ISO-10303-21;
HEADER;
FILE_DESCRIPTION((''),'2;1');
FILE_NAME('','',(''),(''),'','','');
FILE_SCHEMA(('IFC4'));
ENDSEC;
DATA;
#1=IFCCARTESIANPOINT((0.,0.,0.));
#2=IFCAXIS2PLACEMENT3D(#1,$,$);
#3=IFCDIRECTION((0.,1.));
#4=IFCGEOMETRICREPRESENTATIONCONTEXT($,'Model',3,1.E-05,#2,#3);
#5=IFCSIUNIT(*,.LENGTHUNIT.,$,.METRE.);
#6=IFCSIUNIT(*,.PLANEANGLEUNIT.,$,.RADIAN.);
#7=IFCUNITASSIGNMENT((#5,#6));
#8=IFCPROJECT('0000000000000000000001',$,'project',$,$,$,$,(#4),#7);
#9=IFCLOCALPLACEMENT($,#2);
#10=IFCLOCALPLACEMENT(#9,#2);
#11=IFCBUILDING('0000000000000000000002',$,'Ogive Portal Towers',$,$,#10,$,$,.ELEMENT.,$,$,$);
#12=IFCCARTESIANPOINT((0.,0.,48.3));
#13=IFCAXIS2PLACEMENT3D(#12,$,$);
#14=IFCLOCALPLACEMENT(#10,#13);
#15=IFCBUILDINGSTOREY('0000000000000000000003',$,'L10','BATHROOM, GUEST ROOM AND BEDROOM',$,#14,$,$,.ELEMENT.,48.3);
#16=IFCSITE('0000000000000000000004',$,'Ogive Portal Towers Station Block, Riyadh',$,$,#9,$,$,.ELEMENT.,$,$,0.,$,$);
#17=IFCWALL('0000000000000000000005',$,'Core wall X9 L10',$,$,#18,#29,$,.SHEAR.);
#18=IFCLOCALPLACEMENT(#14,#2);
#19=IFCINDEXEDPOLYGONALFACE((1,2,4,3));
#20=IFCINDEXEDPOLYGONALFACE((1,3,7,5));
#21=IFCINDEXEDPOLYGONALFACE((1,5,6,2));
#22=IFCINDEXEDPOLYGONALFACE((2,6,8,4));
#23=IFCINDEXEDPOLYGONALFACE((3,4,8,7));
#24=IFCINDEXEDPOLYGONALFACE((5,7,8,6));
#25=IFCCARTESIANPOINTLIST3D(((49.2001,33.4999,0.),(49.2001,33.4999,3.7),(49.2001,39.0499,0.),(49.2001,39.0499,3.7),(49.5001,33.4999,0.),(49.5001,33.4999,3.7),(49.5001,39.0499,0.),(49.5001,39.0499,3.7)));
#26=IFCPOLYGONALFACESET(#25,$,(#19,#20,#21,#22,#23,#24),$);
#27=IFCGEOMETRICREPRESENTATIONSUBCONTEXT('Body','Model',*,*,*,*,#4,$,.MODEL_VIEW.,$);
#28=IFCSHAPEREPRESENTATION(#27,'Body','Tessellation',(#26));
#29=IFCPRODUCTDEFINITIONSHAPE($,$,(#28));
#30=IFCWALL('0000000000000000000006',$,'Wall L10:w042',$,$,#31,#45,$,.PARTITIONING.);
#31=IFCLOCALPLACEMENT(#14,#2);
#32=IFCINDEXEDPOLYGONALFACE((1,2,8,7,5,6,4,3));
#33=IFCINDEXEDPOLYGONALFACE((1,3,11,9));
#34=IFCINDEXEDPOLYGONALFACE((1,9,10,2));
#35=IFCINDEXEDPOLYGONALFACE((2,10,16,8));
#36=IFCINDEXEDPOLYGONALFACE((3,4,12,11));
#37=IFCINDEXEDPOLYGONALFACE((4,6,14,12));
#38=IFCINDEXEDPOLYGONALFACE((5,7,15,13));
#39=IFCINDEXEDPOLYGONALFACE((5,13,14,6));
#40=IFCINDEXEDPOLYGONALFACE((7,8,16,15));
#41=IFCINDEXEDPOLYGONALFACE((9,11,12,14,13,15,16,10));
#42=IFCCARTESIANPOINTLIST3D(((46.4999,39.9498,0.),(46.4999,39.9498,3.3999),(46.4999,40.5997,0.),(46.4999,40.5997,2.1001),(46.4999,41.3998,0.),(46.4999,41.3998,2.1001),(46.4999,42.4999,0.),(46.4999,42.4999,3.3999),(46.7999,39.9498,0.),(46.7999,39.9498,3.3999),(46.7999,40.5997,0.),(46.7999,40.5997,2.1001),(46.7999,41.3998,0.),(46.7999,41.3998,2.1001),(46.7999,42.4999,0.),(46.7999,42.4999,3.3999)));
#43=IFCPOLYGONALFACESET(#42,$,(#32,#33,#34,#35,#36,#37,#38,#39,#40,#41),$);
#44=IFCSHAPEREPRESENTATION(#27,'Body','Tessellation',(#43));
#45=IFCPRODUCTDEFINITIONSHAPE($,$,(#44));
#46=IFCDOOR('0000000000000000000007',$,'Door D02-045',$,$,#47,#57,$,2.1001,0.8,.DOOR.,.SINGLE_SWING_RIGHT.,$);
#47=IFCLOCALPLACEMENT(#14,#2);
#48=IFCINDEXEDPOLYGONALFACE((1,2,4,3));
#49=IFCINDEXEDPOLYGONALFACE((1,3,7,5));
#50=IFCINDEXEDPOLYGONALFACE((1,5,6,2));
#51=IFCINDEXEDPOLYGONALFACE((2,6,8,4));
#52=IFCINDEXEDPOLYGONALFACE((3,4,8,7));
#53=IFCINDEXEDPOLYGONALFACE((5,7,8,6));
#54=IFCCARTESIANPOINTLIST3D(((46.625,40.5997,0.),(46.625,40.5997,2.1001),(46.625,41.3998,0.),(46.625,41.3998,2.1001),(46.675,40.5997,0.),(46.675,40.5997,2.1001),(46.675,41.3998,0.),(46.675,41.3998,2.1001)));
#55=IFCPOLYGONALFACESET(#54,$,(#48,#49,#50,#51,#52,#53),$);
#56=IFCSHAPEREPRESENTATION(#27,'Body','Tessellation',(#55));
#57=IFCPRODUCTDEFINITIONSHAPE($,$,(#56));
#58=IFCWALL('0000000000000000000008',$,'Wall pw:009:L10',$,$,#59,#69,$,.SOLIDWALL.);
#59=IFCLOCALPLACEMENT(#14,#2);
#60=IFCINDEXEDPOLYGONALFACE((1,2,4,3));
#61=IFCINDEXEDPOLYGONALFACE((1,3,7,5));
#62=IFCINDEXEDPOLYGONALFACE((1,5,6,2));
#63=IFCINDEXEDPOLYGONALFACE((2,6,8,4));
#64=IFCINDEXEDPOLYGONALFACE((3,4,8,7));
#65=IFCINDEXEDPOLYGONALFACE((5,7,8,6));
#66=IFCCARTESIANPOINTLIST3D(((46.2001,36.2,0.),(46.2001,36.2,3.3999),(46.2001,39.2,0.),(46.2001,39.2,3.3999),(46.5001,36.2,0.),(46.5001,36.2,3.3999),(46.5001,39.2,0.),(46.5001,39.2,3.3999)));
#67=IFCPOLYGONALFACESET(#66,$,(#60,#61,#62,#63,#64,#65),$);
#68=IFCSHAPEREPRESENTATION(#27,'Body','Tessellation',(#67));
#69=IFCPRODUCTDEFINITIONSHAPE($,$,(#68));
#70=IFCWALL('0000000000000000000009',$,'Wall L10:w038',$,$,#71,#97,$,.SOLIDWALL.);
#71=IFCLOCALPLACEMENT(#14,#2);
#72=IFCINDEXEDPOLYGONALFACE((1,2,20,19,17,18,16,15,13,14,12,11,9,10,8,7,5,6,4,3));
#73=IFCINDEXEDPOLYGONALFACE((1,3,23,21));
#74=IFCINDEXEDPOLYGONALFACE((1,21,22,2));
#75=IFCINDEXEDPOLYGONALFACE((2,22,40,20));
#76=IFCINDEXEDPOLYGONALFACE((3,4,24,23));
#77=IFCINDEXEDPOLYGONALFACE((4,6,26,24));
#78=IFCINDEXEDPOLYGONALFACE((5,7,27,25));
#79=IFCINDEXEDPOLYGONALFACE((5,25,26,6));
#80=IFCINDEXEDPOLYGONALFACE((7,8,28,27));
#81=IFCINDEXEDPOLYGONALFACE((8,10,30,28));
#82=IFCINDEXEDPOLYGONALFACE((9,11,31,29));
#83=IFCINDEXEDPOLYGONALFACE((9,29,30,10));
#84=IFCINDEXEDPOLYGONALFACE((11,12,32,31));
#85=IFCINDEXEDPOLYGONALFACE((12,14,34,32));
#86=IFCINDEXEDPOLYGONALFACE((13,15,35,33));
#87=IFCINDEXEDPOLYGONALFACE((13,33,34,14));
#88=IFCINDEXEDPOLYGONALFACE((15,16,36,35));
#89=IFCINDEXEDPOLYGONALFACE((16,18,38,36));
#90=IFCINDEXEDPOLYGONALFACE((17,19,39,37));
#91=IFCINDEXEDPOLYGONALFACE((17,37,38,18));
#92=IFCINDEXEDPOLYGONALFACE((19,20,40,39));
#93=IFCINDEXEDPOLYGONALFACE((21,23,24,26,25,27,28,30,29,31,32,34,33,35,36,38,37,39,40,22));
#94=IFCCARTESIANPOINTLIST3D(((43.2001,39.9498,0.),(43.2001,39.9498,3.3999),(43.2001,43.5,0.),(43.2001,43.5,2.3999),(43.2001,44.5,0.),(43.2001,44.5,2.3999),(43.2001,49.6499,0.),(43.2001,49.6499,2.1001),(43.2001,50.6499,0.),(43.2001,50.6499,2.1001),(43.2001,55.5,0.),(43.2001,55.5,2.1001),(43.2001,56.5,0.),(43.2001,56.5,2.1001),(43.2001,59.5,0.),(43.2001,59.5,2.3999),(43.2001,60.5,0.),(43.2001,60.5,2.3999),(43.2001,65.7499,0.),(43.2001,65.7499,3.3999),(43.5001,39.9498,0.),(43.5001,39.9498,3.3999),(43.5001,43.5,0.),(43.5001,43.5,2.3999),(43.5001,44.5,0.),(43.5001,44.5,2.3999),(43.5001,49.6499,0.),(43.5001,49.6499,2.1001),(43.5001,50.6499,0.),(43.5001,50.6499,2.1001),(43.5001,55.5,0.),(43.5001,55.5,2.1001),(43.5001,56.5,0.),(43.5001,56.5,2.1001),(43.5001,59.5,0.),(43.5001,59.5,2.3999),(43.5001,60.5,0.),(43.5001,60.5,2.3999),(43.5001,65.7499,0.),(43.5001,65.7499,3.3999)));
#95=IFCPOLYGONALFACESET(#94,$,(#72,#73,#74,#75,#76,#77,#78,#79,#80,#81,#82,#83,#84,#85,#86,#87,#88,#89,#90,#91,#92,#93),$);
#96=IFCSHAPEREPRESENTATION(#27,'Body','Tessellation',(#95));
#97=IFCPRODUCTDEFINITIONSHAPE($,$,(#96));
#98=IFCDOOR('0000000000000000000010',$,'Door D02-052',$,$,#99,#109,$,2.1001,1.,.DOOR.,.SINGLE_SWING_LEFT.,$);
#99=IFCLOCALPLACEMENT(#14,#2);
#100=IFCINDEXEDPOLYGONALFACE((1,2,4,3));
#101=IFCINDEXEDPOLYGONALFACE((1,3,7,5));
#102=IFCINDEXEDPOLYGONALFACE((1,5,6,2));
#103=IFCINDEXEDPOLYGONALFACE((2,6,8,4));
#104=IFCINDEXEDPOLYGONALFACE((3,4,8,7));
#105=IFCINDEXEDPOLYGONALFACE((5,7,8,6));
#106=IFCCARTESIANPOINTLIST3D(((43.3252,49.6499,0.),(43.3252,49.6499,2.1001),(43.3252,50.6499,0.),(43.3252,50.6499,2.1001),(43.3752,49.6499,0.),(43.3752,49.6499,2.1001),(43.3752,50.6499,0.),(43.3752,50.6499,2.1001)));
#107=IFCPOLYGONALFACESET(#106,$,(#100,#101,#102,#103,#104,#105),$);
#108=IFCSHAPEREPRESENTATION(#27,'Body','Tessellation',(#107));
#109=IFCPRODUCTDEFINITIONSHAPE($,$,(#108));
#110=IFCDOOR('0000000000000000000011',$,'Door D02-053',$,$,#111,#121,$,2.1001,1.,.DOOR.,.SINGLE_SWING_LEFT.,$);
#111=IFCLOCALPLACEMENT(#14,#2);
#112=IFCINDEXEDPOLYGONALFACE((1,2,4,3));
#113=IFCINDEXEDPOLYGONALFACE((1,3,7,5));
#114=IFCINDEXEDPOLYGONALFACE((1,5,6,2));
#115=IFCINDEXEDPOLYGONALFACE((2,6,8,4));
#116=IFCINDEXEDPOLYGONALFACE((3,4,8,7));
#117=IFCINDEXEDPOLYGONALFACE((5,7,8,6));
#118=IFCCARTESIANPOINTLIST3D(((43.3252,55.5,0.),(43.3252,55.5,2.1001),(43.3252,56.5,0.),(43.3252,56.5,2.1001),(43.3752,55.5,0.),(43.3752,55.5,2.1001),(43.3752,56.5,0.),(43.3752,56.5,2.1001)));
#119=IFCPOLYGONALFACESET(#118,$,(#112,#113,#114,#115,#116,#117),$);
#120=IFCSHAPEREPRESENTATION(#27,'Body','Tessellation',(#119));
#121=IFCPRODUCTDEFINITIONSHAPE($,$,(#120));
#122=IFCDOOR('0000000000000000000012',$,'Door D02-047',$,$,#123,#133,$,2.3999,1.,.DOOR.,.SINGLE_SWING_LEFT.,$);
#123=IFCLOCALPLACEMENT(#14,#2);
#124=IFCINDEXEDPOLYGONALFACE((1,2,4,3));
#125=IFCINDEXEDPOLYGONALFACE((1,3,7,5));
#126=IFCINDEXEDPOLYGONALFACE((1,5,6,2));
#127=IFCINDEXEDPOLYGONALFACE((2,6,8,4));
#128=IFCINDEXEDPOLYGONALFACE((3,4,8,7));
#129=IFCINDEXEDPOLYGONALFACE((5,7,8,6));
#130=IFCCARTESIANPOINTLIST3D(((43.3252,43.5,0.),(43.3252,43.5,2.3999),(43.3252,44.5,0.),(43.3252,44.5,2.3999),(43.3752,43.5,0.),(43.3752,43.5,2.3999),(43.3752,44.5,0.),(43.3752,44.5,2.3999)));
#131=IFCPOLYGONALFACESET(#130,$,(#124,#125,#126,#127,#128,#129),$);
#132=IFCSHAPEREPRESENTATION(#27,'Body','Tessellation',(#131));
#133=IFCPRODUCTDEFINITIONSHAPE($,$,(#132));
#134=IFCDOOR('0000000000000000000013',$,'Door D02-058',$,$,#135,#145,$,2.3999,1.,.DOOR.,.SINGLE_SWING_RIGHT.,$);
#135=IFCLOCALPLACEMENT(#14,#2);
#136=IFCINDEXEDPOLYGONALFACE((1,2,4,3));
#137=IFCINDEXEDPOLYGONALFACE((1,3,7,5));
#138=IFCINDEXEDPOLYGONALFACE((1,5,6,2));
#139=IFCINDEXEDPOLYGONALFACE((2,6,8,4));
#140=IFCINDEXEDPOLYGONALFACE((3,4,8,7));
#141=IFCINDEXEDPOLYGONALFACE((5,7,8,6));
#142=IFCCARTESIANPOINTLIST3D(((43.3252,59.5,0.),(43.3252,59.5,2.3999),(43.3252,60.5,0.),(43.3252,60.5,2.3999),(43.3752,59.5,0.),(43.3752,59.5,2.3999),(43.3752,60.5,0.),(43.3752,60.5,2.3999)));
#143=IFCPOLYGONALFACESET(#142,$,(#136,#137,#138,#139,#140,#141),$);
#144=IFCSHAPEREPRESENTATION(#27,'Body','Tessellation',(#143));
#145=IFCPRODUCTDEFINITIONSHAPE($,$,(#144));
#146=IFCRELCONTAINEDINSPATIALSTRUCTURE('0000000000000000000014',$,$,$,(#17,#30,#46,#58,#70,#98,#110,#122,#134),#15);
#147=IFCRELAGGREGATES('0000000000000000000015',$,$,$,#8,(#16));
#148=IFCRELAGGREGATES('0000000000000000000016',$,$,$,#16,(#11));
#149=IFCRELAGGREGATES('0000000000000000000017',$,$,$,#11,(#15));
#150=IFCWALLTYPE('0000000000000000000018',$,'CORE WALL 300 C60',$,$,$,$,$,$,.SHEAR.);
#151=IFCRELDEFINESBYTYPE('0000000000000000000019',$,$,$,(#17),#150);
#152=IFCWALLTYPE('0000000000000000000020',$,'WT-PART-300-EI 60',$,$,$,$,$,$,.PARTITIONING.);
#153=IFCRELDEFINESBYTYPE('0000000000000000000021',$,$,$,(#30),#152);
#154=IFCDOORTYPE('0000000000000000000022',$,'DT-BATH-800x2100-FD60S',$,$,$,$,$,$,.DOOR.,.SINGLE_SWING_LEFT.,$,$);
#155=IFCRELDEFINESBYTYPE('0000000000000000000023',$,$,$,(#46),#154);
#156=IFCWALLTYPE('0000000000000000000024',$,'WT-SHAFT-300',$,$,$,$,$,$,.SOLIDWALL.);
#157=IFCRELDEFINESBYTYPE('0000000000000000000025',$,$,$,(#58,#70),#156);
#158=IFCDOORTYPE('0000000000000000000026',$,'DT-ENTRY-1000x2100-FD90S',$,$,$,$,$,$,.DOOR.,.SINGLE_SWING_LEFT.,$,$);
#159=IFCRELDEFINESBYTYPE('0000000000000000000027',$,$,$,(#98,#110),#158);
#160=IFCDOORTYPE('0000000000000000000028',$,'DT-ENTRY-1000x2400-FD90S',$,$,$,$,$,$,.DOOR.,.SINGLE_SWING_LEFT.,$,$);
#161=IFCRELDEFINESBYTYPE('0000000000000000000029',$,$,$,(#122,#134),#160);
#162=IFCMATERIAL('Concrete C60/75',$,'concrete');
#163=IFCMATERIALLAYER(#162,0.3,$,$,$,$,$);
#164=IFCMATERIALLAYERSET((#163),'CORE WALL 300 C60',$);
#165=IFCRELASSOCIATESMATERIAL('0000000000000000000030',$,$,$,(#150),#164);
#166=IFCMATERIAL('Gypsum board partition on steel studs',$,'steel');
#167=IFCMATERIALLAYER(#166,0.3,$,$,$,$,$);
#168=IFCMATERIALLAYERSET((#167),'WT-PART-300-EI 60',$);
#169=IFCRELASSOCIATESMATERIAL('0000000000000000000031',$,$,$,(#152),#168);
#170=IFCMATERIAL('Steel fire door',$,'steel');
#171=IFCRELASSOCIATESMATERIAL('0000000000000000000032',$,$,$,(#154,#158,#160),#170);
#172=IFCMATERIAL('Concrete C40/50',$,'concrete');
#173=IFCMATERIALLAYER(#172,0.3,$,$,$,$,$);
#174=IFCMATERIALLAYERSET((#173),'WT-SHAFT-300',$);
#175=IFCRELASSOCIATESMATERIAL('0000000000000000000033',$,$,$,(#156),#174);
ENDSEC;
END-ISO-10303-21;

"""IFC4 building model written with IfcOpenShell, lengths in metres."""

from ifc_helpers import new_model, si_unit, direction, frame, frame_2d, origin, place, context, subcontext, project, spatial, rectangle, extrude, material, layer, layer_set, type_object, element, fill, save


model = new_model("IFC4")

# Units and contexts
model_context = context("Model", 3, precision=1e-05, world=origin(), true_north=direction((0.0, 1.0)))
body_context = subcontext(model_context, "Body", "Model", "MODEL_VIEW")
ifc_project = project(units=[si_unit("LENGTHUNIT", "METRE"), si_unit("PLANEANGLEUNIT", "RADIAN")], contexts=[model_context])

# Site, building, storey
site_placement = place(None, origin())
site = spatial("IfcSite", under=ifc_project, at=site_placement, Name="Ogive Portal Towers Station Block, Riyadh", CompositionType="ELEMENT", RefElevation=0.0)
building_placement = place(site_placement, origin())
building = spatial("IfcBuilding", under=site, at=building_placement, Name="Ogive Portal Towers", CompositionType="ELEMENT")
storey_placement = place(building_placement, frame((0.0, 0.0, 48.3)))
storey = spatial("IfcBuildingStorey", under=building, at=storey_placement, Name="L10", Description="BATHROOM, GUEST ROOM AND BEDROOM", CompositionType="ELEMENT", Elevation=48.3)

# Shared definitions
ifc_material_1 = material(Name="Concrete C60/75", Category="concrete")
ifc_layer_1 = layer(ifc_material_1, 0.3)
ifc_layer_set_1 = layer_set([ifc_layer_1], Name="CORE WALL 300 C60")
wall_type_1 = type_object("IfcWallType", Name="CORE WALL 300 C60", PredefinedType="SHEAR", material=ifc_layer_set_1)
ifc_material_2 = material(Name="Steel fire door", Category="steel")

# Wall
wall_1_placement = place(storey_placement, frame((49.3501, 33.5, 0.0), z_axis=(0.0, 0.0, 1.0), x_axis=(0.0, 1.0, 0.0)))
element("IfcWall", 1, at=wall_1_placement, inside=storey, type_object=wall_type_1, Name="Core wall X9 L10", PredefinedType="SHEAR", context=body_context, shape_type="SweptSolid", body=[
    extrude(rectangle(XDim=5.55, YDim=0.3, at=frame_2d((2.7749, 0.0))), origin(), (0.0, 0.0, 1.0), 3.7),
])

# Wall, opening, door
ifc_material_3 = material(Name="Gypsum board partition on steel studs", Category="steel")
ifc_layer_2 = layer(ifc_material_3, 0.3)
ifc_layer_set_2 = layer_set([ifc_layer_2], Name="WT-PART-300-EI 60")
wall_type_2 = type_object("IfcWallType", Name="WT-PART-300-EI 60", PredefinedType="PARTITIONING", material=ifc_layer_set_2)
wall_2_placement = place(storey_placement, frame((46.6499, 39.95, 0.0), z_axis=(0.0, 0.0, 1.0), x_axis=(0.0, 1.0, 0.0)))
wall_2 = element("IfcWall", 2, at=wall_2_placement, inside=storey, type_object=wall_type_2, Name="Wall L10:w042", PredefinedType="PARTITIONING", context=body_context, shape_type="SweptSolid", body=[
    extrude(rectangle(XDim=2.55, YDim=0.3, at=frame_2d((1.2749, 0.0))), origin(), (0.0, 0.0, 1.0), 3.3999),
])
opening_1_placement = place(wall_2_placement, frame((0.6499, 0.0, 0.0)))
opening_1 = element("IfcOpeningElement", 3, at=opening_1_placement, cuts=wall_2, PredefinedType="OPENING", context=body_context, shape_type="SweptSolid", body=[
    extrude(rectangle(XDim=0.8, YDim=2.1001, at=frame_2d((0.3999, 1.05))), frame((0.0, 0.1602, 0.0), z_axis=(0.0, -1.0, 0.0), x_axis=(1.0, 0.0, 0.0)), (0.0, 0.0, 1.0), 0.3201),
])
door_type_1 = type_object("IfcDoorType", Name="DT-BATH-800x2100-FD60S", OperationType="SINGLE_SWING_LEFT", PredefinedType="DOOR", material=ifc_material_2)
door_1_placement = place(opening_1_placement, origin())
door_1 = element("IfcDoor", 4, at=door_1_placement, inside=storey, type_object=door_type_1, Name="Door D02-045", OperationType="SINGLE_SWING_RIGHT", OverallHeight=2.1001, OverallWidth=0.8, PredefinedType="DOOR", context=body_context, shape_type="SweptSolid", body=[
    extrude(rectangle(XDim=0.8, YDim=2.1001, at=frame_2d((0.3999, 1.05))), frame((0.0, 0.0249, 0.0), z_axis=(0.0, -1.0, 0.0), x_axis=(1.0, 0.0, 0.0)), (0.0, 0.0, 1.0), 0.05),
])
fill(opening_1, door_1)

# Wall
ifc_material_4 = material(Name="Concrete C40/50", Category="concrete")
ifc_layer_3 = layer(ifc_material_4, 0.3)
ifc_layer_set_3 = layer_set([ifc_layer_3], Name="WT-SHAFT-300")
wall_type_3 = type_object("IfcWallType", Name="WT-SHAFT-300", PredefinedType="SOLIDWALL", material=ifc_layer_set_3)
wall_3_placement = place(storey_placement, frame((46.3501, 36.2, 0.0), z_axis=(0.0, 0.0, 1.0), x_axis=(0.0, 1.0, 0.0)))
element("IfcWall", 5, at=wall_3_placement, inside=storey, type_object=wall_type_3, Name="Wall pw:009:L10", PredefinedType="SOLIDWALL", context=body_context, shape_type="SweptSolid", body=[
    extrude(rectangle(XDim=3.0, YDim=0.3, at=frame_2d((1.5, 0.0))), origin(), (0.0, 0.0, 1.0), 3.3999),
])

# Wall, openings, doors
wall_4_placement = place(storey_placement, frame((43.3501, 39.95, 0.0), z_axis=(0.0, 0.0, 1.0), x_axis=(0.0, 1.0, 0.0)))
wall_4 = element("IfcWall", 6, at=wall_4_placement, inside=storey, type_object=wall_type_3, Name="Wall L10:w038", PredefinedType="SOLIDWALL", context=body_context, shape_type="SweptSolid", body=[
    extrude(rectangle(XDim=25.8, YDim=0.3, at=frame_2d((12.8999, 0.0))), origin(), (0.0, 0.0, 1.0), 3.3999),
])
opening_2_placement = place(wall_4_placement, frame((3.55, 0.0, 0.0)))
opening_2 = element("IfcOpeningElement", 7, at=opening_2_placement, cuts=wall_4, PredefinedType="OPENING", context=body_context, shape_type="SweptSolid", body=[
    extrude(rectangle(XDim=1.0, YDim=2.3999, at=frame_2d((0.5, 1.2))), frame((0.0, 0.1602, 0.0), z_axis=(0.0, -1.0, 0.0), x_axis=(1.0, 0.0, 0.0)), (0.0, 0.0, 1.0), 0.3201),
])
opening_3_placement = place(wall_4_placement, frame((9.7, 0.0, 0.0)))
opening_3 = element("IfcOpeningElement", 8, at=opening_3_placement, cuts=wall_4, PredefinedType="OPENING", context=body_context, shape_type="SweptSolid", body=[
    extrude(rectangle(XDim=1.0, YDim=2.1001, at=frame_2d((0.5, 1.05))), frame((0.0, 0.1602, 0.0), z_axis=(0.0, -1.0, 0.0), x_axis=(1.0, 0.0, 0.0)), (0.0, 0.0, 1.0), 0.3201),
])
opening_4_placement = place(wall_4_placement, frame((15.55, 0.0, 0.0)))
opening_4 = element("IfcOpeningElement", 9, at=opening_4_placement, cuts=wall_4, PredefinedType="OPENING", context=body_context, shape_type="SweptSolid", body=[
    extrude(rectangle(XDim=1.0, YDim=2.1001, at=frame_2d((0.5, 1.05))), frame((0.0, 0.1602, 0.0), z_axis=(0.0, -1.0, 0.0), x_axis=(1.0, 0.0, 0.0)), (0.0, 0.0, 1.0), 0.3201),
])
opening_5_placement = place(wall_4_placement, frame((19.55, 0.0, 0.0)))
opening_5 = element("IfcOpeningElement", 10, at=opening_5_placement, cuts=wall_4, PredefinedType="OPENING", context=body_context, shape_type="SweptSolid", body=[
    extrude(rectangle(XDim=1.0, YDim=2.3999, at=frame_2d((0.5, 1.2))), frame((0.0, 0.1602, 0.0), z_axis=(0.0, -1.0, 0.0), x_axis=(1.0, 0.0, 0.0)), (0.0, 0.0, 1.0), 0.3201),
])
door_type_2 = type_object("IfcDoorType", Name="DT-ENTRY-1000x2100-FD90S", OperationType="SINGLE_SWING_LEFT", PredefinedType="DOOR", material=ifc_material_2)
door_2_placement = place(opening_3_placement, origin())
door_2 = element("IfcDoor", 11, at=door_2_placement, inside=storey, type_object=door_type_2, Name="Door D02-052", OperationType="SINGLE_SWING_LEFT", OverallHeight=2.1001, OverallWidth=1.0, PredefinedType="DOOR", context=body_context, shape_type="SweptSolid", body=[
    extrude(rectangle(XDim=1.0, YDim=2.1001, at=frame_2d((0.5, 1.05))), frame((0.0, 0.0249, 0.0), z_axis=(0.0, -1.0, 0.0), x_axis=(1.0, 0.0, 0.0)), (0.0, 0.0, 1.0), 0.05),
])
fill(opening_3, door_2)
door_3_placement = place(opening_4_placement, origin())
door_3 = element("IfcDoor", 12, at=door_3_placement, inside=storey, type_object=door_type_2, Name="Door D02-053", OperationType="SINGLE_SWING_LEFT", OverallHeight=2.1001, OverallWidth=1.0, PredefinedType="DOOR", context=body_context, shape_type="SweptSolid", body=[
    extrude(rectangle(XDim=1.0, YDim=2.1001, at=frame_2d((0.5, 1.05))), frame((0.0, 0.0249, 0.0), z_axis=(0.0, -1.0, 0.0), x_axis=(1.0, 0.0, 0.0)), (0.0, 0.0, 1.0), 0.05),
])
fill(opening_4, door_3)
door_type_3 = type_object("IfcDoorType", Name="DT-ENTRY-1000x2400-FD90S", OperationType="SINGLE_SWING_LEFT", PredefinedType="DOOR", material=ifc_material_2)
door_4_placement = place(opening_2_placement, origin())
door_4 = element("IfcDoor", 13, at=door_4_placement, inside=storey, type_object=door_type_3, Name="Door D02-047", OperationType="SINGLE_SWING_LEFT", OverallHeight=2.3999, OverallWidth=1.0, PredefinedType="DOOR", context=body_context, shape_type="SweptSolid", body=[
    extrude(rectangle(XDim=1.0, YDim=2.3999, at=frame_2d((0.5, 1.2))), frame((0.0, 0.0249, 0.0), z_axis=(0.0, -1.0, 0.0), x_axis=(1.0, 0.0, 0.0)), (0.0, 0.0, 1.0), 0.05),
])
fill(opening_2, door_4)
door_5_placement = place(opening_5_placement, origin())
door_5 = element("IfcDoor", 14, at=door_5_placement, inside=storey, type_object=door_type_3, Name="Door D02-058", OperationType="SINGLE_SWING_RIGHT", OverallHeight=2.3999, OverallWidth=1.0, PredefinedType="DOOR", context=body_context, shape_type="SweptSolid", body=[
    extrude(rectangle(XDim=1.0, YDim=2.3999, at=frame_2d((0.5, 1.2))), frame((0.0, 0.0249, 0.0), z_axis=(0.0, -1.0, 0.0), x_axis=(1.0, 0.0, 0.0)), (0.0, 0.0, 1.0), 0.05),
])
fill(opening_5, door_5)

save(model, "model.ifc")
